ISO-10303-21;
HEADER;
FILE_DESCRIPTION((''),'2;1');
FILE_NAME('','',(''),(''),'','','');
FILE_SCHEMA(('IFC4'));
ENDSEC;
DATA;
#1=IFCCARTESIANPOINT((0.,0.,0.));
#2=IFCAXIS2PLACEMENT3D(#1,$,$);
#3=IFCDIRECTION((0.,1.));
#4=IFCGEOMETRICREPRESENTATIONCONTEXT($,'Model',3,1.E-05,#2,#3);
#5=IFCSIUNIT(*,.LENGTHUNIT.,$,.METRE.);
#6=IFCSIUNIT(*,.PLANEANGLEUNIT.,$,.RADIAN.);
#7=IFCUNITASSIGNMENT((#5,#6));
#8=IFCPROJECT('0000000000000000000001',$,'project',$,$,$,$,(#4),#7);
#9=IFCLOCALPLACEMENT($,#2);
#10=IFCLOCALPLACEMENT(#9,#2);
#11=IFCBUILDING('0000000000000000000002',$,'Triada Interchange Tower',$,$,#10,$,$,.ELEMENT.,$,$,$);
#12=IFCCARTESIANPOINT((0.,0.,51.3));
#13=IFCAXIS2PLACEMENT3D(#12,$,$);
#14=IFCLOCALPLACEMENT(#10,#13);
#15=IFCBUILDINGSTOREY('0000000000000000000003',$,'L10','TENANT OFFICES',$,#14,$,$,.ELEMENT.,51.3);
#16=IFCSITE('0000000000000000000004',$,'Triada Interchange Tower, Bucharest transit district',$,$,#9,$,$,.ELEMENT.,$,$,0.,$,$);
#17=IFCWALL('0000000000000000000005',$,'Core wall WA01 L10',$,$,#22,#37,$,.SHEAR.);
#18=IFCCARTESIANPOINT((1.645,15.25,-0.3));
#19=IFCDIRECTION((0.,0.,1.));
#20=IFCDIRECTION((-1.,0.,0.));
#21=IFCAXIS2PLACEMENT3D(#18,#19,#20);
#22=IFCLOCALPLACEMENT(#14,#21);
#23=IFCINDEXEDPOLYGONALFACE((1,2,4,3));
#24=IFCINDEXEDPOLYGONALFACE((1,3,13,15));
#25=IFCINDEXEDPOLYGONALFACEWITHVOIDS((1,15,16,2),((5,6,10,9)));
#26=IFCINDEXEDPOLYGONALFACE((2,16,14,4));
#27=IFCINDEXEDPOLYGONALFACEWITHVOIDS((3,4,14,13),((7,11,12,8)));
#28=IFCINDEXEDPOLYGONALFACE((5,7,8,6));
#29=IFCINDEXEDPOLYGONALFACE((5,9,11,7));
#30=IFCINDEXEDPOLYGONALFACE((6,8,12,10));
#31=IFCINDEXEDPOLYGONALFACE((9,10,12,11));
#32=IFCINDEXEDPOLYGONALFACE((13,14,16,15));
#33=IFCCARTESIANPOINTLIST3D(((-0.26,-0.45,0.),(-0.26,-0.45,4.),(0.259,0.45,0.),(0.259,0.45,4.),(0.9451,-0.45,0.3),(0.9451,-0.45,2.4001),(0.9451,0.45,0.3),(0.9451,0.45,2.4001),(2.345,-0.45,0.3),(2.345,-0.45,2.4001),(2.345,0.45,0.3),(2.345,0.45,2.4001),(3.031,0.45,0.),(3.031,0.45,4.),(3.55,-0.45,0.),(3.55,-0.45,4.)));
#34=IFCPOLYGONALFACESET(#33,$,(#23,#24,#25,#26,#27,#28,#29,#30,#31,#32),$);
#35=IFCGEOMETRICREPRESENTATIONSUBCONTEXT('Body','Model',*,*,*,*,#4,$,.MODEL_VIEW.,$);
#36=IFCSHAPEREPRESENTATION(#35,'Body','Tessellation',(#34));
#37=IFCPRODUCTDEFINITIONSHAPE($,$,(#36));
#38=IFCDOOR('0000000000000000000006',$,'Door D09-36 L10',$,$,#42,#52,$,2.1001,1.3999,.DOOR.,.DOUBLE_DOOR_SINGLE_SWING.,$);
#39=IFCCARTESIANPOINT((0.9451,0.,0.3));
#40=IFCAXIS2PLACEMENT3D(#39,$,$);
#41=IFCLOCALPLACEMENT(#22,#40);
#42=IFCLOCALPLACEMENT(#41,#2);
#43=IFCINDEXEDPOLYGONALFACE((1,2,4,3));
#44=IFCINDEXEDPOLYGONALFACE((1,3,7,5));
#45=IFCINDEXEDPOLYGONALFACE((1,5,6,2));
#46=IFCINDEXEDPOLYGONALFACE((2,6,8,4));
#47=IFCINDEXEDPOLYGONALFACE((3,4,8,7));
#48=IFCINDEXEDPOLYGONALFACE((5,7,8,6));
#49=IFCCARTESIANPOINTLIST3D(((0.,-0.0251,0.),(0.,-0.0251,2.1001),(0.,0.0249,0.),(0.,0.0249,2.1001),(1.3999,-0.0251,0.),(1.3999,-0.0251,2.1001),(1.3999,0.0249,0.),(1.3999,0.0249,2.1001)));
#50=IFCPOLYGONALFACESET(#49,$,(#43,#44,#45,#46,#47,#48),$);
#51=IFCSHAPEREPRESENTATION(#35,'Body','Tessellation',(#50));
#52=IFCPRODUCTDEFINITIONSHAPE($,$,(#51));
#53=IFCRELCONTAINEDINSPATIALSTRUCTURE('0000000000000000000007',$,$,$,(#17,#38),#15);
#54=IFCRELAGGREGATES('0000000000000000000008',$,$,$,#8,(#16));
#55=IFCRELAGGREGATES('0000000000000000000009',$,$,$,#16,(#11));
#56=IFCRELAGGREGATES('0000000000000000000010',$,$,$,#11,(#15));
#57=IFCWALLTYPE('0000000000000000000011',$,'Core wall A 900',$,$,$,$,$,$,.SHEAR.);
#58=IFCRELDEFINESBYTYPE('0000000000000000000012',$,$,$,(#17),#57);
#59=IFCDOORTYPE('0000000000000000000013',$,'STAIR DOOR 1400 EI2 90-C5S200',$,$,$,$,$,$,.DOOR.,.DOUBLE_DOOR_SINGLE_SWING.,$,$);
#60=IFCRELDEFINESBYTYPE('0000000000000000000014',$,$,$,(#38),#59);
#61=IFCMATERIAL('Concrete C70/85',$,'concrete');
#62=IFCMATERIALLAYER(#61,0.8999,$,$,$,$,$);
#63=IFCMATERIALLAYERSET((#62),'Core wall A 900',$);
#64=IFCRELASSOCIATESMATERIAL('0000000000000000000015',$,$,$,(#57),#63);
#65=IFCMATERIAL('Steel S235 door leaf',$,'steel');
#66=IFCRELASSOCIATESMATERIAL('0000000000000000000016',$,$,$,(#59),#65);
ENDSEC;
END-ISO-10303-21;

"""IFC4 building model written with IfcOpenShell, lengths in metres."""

from ifc_helpers import new_model, si_unit, direction, frame, frame_2d, origin, place, context, subcontext, project, spatial, polyline, rectangle, outline, extrude, material, layer, layer_set, type_object, element, fill, save


model = new_model("IFC4")

# Units and contexts
model_context = context("Model", 3, precision=1e-05, world=origin(), true_north=direction((0.0, 1.0)))
body_context = subcontext(model_context, "Body", "Model", "MODEL_VIEW")
ifc_project = project(units=[si_unit("LENGTHUNIT", "METRE"), si_unit("PLANEANGLEUNIT", "RADIAN")], contexts=[model_context])

# Site, building, storey
site_placement = place(None, origin())
site = spatial("IfcSite", under=ifc_project, at=site_placement, Name="Triada Interchange Tower, Bucharest transit district", CompositionType="ELEMENT", RefElevation=0.0)
building_placement = place(site_placement, origin())
building = spatial("IfcBuilding", under=site, at=building_placement, Name="Triada Interchange Tower", CompositionType="ELEMENT")
storey_placement = place(building_placement, frame((0.0, 0.0, 51.3)))
storey = spatial("IfcBuildingStorey", under=building, at=storey_placement, Name="L10", Description="TENANT OFFICES", CompositionType="ELEMENT", Elevation=51.3)

# Shared definitions
ifc_material_1 = material(Name="Concrete C70/85", Category="concrete")

# Wall, opening, door
ifc_layer_1 = layer(ifc_material_1, 0.8999)
ifc_layer_set_1 = layer_set([ifc_layer_1], Name="Core wall A 900")
wall_type_1 = type_object("IfcWallType", Name="Core wall A 900", PredefinedType="SHEAR", material=ifc_layer_set_1)
wall_1_placement = place(storey_placement, frame((1.645, 15.25, -0.3), z_axis=(0.0, 0.0, 1.0), x_axis=(-1.0, 0.0, 0.0)))
wall_1 = element("IfcWall", 1, at=wall_1_placement, inside=storey, type_object=wall_type_1, Name="Core wall WA01 L10", PredefinedType="SHEAR", context=body_context, shape_type="SweptSolid", body=[
    extrude(outline(polyline([(-0.26, -0.45), (1.645, -0.45), (3.55, -0.45), (3.031, 0.45), (1.645, 0.45), (0.259, 0.45), (-0.26, -0.45)])), origin(), (0.0, 0.0, 1.0), 4.0),
])
opening_placement = place(wall_1_placement, frame((0.9451, 0.0, 0.3)))
opening = element("IfcOpeningElement", 2, at=opening_placement, cuts=wall_1, PredefinedType="OPENING", context=body_context, shape_type="SweptSolid", body=[
    extrude(rectangle(XDim=1.3999, YDim=2.1001, at=frame_2d((0.7, 1.05))), frame((0.0, 0.46, 0.0), z_axis=(0.0, -1.0, 0.0), x_axis=(1.0, 0.0, 0.0)), (0.0, 0.0, 1.0), 0.9199),
])
ifc_material_2 = material(Name="Steel S235 door leaf", Category="steel")
door_type = type_object("IfcDoorType", Name="STAIR DOOR 1400 EI2 90-C5S200", OperationType="DOUBLE_DOOR_SINGLE_SWING", PredefinedType="DOOR", material=ifc_material_2)
door_placement = place(opening_placement, origin())
door = element("IfcDoor", 3, at=door_placement, inside=storey, type_object=door_type, Name="Door D09-36 L10", OperationType="DOUBLE_DOOR_SINGLE_SWING", OverallHeight=2.1001, OverallWidth=1.3999, PredefinedType="DOOR", context=body_context, shape_type="SweptSolid", body=[
    extrude(rectangle(XDim=1.3999, YDim=2.1001, at=frame_2d((0.7, 1.05))), frame((0.0, 0.0249, 0.0), z_axis=(0.0, -1.0, 0.0), x_axis=(1.0, 0.0, 0.0)), (0.0, 0.0, 1.0), 0.05),
])
fill(opening, door)

save(model, "model.ifc")
